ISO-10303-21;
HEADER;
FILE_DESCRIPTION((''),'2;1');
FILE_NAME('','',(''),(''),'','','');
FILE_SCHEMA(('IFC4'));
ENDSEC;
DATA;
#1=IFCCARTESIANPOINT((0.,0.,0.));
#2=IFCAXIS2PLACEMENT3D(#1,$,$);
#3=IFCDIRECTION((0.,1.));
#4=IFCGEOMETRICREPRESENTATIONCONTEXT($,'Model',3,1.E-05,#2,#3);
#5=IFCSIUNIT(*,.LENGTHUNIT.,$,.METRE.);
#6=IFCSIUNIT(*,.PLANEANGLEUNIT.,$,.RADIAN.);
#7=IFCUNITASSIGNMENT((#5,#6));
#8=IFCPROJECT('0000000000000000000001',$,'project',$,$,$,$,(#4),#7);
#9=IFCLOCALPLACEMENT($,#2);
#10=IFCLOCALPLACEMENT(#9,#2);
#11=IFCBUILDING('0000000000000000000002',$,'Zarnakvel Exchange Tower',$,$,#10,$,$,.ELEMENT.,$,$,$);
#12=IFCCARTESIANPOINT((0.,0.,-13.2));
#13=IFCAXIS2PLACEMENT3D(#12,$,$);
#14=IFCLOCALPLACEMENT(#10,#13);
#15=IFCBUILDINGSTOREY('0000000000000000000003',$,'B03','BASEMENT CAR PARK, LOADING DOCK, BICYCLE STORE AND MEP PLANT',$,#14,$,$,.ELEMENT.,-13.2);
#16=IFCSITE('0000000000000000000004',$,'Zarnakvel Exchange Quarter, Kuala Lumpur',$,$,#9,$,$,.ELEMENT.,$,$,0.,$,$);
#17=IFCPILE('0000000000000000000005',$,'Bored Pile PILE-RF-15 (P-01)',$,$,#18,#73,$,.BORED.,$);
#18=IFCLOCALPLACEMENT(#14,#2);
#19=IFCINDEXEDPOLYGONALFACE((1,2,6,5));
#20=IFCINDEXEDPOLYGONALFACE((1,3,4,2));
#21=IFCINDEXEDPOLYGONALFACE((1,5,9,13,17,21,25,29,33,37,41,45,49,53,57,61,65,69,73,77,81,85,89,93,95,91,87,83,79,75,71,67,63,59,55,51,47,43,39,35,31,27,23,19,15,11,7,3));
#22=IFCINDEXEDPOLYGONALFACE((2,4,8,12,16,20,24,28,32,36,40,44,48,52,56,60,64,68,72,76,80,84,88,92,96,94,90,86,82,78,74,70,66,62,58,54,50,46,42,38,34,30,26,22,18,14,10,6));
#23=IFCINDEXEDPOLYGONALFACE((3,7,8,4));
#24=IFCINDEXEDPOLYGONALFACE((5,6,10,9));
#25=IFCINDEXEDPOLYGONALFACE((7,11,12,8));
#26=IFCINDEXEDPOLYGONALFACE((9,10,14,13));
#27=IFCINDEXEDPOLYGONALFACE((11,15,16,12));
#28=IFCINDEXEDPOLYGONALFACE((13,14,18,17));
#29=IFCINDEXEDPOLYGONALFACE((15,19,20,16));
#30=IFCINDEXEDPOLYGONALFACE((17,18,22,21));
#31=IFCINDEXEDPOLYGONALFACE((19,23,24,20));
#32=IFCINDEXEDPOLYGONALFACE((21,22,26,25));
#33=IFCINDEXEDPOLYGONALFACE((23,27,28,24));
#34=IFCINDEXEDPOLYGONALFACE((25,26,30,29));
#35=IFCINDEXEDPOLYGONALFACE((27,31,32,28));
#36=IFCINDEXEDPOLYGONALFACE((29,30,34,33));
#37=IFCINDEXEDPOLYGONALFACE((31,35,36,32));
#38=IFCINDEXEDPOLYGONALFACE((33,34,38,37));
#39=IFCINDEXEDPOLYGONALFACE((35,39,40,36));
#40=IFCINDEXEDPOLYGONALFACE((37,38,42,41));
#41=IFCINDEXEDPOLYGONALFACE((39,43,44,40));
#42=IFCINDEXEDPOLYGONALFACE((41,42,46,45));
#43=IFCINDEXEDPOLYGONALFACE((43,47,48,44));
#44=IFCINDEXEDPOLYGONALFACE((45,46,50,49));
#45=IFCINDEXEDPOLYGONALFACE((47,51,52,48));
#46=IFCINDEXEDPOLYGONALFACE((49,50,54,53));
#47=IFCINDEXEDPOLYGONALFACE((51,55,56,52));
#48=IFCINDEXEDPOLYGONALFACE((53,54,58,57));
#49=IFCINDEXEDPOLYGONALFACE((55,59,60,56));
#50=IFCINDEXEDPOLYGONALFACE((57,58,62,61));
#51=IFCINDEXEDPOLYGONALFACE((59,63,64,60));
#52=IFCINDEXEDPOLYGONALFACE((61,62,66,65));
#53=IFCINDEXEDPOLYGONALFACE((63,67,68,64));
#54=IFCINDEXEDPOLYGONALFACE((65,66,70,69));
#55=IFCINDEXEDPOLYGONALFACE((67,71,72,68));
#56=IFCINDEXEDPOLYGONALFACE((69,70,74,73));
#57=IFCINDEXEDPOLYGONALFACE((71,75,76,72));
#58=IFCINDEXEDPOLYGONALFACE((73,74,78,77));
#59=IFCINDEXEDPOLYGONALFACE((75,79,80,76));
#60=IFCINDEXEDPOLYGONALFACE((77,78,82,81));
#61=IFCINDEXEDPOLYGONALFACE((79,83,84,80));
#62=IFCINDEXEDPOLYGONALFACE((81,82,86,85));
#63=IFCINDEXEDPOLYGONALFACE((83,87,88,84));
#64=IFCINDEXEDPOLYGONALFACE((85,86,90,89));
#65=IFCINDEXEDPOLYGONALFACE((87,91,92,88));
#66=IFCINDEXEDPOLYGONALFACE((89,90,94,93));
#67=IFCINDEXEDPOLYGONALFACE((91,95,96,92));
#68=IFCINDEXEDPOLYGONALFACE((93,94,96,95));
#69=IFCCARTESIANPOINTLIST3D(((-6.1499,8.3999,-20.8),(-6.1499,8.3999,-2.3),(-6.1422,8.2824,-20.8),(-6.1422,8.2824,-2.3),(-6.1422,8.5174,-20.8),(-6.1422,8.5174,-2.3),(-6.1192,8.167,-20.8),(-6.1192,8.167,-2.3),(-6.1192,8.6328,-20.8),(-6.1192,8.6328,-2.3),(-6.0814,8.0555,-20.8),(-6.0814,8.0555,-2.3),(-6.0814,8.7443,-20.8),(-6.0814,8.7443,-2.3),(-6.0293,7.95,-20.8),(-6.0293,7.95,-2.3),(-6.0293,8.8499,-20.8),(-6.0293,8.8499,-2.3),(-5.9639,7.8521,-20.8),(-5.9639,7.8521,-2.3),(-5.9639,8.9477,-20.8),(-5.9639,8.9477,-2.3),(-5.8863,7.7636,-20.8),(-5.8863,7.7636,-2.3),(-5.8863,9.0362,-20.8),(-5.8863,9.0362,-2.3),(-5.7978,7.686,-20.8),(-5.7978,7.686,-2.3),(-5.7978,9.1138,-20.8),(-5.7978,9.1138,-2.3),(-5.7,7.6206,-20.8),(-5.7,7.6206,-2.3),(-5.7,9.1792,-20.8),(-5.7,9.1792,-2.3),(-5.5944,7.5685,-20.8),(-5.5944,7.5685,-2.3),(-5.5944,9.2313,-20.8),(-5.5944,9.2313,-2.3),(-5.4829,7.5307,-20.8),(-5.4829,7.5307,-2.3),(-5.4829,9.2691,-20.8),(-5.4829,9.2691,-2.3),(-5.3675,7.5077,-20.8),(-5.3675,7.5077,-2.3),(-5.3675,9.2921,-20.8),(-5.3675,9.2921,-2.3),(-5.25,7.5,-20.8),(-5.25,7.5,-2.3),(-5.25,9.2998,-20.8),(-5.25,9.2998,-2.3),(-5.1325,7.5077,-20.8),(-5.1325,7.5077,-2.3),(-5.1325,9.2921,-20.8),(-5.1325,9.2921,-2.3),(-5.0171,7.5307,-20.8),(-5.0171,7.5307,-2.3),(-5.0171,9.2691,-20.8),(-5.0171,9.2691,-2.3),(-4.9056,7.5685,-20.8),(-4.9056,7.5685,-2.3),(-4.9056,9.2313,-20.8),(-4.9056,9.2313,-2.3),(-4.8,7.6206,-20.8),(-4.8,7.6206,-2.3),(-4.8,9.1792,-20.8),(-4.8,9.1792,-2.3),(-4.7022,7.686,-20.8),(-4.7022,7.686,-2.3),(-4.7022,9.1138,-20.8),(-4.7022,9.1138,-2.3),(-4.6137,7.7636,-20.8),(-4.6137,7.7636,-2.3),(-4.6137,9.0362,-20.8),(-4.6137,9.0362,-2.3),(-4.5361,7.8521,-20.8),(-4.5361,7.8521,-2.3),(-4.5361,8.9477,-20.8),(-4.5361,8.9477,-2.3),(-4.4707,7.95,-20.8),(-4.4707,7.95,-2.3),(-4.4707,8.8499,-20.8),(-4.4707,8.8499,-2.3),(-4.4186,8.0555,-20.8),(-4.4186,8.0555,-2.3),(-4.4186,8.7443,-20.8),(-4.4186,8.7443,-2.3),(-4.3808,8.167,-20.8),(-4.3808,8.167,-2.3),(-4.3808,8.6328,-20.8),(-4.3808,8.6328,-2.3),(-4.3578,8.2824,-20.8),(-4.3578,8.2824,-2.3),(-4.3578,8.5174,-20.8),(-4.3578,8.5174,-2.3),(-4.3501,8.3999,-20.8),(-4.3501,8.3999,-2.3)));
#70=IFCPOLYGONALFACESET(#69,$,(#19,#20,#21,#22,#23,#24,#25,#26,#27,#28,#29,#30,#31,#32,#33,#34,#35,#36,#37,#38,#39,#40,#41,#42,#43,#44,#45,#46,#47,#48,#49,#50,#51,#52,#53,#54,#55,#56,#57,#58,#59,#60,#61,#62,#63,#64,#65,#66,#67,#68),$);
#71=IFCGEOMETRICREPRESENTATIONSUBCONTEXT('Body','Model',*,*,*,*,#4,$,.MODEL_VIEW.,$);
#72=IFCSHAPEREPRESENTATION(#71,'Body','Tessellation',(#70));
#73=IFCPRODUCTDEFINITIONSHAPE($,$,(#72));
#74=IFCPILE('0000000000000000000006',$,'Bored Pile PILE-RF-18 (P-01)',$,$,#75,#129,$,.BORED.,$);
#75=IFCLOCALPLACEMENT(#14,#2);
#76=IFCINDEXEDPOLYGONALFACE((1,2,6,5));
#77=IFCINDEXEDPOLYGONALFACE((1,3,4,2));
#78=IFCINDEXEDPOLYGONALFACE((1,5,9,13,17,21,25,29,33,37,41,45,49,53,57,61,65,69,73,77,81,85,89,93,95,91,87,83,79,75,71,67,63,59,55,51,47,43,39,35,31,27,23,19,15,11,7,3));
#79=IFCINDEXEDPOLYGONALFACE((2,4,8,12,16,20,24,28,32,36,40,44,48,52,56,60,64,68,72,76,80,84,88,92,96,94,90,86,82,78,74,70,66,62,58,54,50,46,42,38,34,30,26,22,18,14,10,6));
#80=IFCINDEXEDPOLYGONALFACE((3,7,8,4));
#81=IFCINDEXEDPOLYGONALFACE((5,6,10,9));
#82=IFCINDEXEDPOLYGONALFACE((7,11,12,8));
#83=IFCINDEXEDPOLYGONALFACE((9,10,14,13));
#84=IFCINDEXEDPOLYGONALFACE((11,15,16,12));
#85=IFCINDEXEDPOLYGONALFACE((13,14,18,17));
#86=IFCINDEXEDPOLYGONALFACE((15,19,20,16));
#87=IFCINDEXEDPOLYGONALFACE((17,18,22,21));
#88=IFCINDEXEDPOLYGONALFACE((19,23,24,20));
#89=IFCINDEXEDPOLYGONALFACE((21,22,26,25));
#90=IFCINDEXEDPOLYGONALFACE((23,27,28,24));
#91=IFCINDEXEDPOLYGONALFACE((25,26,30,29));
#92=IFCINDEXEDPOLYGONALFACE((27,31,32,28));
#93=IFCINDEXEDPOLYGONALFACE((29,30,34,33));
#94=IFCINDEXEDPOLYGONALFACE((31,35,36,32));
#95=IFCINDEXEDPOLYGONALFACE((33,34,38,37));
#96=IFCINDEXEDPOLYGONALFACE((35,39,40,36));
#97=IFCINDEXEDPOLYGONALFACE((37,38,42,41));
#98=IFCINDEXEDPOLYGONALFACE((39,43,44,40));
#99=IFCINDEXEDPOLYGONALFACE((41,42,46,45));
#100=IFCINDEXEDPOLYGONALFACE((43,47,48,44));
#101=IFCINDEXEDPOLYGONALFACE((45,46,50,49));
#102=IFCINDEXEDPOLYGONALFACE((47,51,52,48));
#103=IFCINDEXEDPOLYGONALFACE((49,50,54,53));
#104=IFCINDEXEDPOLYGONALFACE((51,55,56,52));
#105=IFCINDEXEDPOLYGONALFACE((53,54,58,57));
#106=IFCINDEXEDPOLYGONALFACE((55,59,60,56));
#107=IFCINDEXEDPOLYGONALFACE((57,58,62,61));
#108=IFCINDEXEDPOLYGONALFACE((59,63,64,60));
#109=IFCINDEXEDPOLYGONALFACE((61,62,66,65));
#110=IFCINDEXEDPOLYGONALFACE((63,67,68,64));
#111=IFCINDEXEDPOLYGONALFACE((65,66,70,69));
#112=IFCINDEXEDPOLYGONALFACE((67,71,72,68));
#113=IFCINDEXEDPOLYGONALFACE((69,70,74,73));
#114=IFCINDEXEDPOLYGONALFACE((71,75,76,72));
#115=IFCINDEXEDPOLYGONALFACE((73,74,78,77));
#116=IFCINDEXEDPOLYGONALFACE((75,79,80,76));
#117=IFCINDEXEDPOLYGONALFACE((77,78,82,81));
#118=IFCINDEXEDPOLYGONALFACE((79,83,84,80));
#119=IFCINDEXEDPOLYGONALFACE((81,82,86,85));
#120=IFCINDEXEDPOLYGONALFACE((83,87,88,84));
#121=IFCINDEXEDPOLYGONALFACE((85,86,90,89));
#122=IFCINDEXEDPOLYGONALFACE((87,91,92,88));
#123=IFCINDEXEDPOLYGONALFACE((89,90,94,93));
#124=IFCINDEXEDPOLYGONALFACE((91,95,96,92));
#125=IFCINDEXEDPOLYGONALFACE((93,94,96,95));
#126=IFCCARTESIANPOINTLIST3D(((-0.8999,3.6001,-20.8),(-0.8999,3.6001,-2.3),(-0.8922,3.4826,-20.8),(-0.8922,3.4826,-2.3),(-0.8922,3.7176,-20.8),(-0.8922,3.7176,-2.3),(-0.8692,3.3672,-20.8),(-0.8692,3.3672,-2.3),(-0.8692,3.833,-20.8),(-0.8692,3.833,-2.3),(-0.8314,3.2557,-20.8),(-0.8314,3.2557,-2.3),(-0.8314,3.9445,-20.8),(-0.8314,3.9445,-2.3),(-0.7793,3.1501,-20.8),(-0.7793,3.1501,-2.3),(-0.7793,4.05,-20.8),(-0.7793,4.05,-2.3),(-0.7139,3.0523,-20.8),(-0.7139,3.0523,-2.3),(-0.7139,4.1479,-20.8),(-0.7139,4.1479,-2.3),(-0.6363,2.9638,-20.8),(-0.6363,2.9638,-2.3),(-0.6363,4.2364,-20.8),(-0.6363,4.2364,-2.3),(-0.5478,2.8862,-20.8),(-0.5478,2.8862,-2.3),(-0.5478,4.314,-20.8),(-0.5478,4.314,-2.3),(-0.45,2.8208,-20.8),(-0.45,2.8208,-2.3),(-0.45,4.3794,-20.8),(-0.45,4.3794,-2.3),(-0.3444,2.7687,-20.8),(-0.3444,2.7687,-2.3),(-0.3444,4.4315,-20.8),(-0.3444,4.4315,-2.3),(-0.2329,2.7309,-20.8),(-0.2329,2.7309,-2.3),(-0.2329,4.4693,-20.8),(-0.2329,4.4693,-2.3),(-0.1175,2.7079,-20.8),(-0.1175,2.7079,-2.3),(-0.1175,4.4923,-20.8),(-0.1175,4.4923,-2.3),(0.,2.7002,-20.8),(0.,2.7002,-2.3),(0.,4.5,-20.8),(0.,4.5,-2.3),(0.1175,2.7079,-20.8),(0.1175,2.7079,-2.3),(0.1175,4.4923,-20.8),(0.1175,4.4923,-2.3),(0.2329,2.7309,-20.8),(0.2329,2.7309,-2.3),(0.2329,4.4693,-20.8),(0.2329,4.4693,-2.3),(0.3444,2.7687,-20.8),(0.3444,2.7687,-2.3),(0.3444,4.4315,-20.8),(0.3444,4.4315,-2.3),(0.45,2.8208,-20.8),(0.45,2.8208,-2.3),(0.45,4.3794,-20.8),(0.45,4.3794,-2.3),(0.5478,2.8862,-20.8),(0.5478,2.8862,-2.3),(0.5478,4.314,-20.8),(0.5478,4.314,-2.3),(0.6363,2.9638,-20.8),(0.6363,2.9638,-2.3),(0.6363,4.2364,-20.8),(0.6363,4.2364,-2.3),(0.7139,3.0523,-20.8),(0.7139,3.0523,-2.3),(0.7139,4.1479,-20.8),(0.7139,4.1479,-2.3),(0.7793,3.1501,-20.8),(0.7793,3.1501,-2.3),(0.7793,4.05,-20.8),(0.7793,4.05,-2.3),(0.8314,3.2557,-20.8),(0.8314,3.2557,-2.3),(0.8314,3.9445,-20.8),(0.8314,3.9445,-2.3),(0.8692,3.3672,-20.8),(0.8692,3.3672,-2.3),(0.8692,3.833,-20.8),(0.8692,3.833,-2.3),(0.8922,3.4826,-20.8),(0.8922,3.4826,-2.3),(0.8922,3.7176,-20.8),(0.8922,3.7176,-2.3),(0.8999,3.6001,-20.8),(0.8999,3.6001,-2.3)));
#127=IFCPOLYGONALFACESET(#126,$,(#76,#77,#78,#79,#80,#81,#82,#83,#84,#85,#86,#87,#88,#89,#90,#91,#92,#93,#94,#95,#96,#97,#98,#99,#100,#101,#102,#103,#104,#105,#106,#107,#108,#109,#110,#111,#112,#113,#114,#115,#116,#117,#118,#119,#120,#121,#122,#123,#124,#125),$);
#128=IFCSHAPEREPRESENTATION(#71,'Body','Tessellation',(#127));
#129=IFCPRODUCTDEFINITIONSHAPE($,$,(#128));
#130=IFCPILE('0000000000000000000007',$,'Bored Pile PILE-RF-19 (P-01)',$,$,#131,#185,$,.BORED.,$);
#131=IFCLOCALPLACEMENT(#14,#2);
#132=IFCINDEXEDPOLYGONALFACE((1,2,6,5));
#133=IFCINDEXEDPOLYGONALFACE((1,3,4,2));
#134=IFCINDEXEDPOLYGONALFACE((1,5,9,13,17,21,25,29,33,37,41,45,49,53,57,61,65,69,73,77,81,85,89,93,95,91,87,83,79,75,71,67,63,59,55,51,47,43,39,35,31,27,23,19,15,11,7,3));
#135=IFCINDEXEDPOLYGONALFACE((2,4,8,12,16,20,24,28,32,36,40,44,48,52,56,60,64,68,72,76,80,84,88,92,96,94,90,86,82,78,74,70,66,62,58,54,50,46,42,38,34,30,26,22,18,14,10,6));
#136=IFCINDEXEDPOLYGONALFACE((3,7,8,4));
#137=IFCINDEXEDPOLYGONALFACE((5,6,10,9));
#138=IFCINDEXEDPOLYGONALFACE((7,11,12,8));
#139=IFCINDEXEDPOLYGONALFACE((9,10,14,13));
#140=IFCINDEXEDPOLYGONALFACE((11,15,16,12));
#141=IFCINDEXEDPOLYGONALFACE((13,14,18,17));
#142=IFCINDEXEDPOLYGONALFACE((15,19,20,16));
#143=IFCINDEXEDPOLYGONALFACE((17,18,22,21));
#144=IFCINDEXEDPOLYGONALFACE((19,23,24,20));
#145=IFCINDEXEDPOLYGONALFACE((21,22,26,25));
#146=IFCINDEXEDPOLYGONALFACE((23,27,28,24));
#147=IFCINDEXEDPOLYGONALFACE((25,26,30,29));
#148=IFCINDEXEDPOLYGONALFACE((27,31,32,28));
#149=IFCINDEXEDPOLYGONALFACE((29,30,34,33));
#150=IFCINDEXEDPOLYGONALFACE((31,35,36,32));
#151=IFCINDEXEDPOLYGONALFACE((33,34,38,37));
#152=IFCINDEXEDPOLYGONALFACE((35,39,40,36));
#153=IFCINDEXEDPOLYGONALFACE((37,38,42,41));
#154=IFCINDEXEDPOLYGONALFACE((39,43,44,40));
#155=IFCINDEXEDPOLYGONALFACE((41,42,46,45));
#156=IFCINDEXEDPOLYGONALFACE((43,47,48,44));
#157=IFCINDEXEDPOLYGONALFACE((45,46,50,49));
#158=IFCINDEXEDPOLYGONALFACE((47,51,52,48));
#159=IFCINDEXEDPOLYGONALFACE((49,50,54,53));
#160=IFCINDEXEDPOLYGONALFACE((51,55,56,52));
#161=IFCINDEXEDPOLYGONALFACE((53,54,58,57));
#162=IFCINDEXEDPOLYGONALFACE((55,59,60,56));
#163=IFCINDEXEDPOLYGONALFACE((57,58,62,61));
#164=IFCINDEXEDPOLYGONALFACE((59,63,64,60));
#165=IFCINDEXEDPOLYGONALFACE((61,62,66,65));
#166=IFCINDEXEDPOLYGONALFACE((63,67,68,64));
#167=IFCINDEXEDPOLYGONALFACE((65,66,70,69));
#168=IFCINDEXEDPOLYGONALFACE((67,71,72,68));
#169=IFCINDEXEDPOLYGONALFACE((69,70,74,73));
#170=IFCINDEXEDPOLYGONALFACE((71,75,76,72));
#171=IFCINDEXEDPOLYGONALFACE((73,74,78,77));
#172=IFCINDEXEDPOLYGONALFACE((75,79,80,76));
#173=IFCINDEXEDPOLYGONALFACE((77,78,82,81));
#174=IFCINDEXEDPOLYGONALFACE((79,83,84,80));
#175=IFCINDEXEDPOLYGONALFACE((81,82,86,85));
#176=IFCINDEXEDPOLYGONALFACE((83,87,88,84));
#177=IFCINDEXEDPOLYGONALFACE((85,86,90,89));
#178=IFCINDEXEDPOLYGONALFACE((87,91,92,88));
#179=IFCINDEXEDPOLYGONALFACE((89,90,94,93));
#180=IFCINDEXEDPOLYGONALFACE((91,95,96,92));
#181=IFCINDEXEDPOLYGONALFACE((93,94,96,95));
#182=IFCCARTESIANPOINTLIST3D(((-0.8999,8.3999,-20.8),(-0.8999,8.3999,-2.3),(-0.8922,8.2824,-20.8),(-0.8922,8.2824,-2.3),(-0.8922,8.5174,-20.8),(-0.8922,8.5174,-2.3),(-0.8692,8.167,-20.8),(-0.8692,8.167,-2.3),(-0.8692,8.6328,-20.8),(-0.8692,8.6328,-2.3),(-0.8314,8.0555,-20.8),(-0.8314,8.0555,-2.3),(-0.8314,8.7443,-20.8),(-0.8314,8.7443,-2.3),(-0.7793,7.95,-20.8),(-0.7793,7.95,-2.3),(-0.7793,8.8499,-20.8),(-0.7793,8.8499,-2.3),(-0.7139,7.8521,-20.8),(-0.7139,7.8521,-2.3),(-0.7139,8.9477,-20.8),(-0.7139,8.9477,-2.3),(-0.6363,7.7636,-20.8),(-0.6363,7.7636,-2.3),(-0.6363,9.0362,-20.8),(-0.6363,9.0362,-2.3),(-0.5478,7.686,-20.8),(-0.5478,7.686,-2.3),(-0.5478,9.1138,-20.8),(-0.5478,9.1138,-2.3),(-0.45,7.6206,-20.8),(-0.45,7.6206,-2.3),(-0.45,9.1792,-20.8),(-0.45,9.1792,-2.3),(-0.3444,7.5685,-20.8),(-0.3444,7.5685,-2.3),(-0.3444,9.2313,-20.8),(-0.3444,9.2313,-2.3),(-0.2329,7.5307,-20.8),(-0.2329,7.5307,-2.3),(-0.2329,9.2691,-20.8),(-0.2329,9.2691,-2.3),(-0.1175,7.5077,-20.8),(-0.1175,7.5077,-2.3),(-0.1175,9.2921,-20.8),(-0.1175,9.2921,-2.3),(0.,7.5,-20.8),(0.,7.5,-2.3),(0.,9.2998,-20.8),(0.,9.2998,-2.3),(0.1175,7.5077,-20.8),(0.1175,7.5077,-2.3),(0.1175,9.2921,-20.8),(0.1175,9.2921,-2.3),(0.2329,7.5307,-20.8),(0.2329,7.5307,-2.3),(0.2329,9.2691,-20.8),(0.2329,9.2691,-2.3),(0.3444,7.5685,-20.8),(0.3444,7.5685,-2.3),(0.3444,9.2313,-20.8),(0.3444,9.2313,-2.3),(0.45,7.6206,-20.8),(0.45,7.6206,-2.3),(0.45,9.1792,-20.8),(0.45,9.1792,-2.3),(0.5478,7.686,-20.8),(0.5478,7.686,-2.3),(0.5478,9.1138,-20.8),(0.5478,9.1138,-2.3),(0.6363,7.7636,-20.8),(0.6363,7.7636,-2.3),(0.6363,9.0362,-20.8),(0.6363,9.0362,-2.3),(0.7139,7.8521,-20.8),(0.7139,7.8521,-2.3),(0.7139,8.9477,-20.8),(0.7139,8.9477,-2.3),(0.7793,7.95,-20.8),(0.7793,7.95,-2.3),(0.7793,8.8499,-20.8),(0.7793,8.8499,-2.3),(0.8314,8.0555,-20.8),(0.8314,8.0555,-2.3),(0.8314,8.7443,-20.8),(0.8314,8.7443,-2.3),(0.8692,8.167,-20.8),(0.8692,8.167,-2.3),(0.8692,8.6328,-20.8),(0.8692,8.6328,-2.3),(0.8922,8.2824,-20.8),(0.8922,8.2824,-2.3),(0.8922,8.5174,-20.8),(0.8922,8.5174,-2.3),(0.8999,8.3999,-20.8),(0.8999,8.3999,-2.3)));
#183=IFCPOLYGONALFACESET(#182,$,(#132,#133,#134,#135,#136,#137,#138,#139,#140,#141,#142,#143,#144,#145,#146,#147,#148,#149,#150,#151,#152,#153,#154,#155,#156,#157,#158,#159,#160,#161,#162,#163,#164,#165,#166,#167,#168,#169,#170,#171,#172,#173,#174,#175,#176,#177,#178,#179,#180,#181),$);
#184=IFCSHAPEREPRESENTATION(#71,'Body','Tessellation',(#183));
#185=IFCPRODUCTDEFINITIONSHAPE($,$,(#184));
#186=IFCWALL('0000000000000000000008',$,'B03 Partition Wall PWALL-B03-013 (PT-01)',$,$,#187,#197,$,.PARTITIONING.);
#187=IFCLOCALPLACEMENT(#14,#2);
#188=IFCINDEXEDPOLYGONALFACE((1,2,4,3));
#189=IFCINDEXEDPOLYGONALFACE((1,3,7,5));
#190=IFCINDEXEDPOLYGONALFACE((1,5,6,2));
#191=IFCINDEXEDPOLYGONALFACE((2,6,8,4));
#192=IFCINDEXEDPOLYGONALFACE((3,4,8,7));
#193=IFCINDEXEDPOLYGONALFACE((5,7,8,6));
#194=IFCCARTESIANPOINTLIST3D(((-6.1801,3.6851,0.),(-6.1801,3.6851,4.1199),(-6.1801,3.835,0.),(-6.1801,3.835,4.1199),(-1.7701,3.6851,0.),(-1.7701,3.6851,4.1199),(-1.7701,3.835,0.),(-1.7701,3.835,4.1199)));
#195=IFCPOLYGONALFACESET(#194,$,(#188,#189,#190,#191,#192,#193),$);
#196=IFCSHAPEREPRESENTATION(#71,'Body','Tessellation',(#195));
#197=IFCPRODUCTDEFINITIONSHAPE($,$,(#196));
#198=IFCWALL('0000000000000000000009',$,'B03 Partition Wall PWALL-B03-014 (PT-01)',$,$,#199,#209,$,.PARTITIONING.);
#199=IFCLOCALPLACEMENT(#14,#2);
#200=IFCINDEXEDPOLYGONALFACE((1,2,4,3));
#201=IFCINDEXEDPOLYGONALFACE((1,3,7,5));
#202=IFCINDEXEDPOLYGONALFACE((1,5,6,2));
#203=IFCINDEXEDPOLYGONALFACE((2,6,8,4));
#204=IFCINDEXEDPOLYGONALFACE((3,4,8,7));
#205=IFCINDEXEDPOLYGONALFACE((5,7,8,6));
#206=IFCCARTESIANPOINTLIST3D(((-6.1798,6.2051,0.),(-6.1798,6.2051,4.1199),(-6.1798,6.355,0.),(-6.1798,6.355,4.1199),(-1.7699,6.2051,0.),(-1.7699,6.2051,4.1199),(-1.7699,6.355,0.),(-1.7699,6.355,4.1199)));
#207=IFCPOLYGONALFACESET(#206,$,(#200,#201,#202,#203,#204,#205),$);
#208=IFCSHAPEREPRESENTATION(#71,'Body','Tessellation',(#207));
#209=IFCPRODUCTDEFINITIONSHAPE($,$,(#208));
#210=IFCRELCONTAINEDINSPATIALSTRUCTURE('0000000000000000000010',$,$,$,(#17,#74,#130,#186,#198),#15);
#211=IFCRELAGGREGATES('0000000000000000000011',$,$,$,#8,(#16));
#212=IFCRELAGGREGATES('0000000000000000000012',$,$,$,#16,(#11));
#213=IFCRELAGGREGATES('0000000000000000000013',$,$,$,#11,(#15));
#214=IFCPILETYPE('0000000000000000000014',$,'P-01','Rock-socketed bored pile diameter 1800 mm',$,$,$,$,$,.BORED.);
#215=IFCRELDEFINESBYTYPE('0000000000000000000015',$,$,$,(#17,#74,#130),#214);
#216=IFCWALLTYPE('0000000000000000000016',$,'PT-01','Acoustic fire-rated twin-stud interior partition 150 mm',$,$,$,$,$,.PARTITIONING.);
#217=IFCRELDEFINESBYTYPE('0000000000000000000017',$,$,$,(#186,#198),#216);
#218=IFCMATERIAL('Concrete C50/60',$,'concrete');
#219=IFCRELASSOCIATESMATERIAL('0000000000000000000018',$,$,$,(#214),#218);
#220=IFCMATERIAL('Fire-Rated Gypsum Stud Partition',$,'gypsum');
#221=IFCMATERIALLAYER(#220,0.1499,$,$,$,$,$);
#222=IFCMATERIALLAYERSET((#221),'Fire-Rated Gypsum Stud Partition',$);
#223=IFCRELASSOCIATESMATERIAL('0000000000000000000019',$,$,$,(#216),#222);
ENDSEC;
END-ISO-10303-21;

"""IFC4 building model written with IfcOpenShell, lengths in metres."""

from ifc_helpers import new_model, si_unit, direction, frame, frame_2d, origin, origin_2d, place, context, subcontext, project, spatial, rectangle, circle, extrude, material, layer, layer_set, material_profile, profile_set, type_object, element, save


model = new_model("IFC4")

# Units and contexts
model_context = context("Model", 3, precision=1e-05, world=origin(), true_north=direction((0.0, 1.0)))
body_context = subcontext(model_context, "Body", "Model", "MODEL_VIEW")
ifc_project = project(units=[si_unit("LENGTHUNIT", "METRE"), si_unit("PLANEANGLEUNIT", "RADIAN")], contexts=[model_context])

# Site, building, storey
site_placement = place(None, origin())
site = spatial("IfcSite", under=ifc_project, at=site_placement, Name="Zarnakvel Exchange Quarter, Kuala Lumpur", CompositionType="ELEMENT", RefElevation=0.0)
building_placement = place(site_placement, origin())
building = spatial("IfcBuilding", under=site, at=building_placement, Name="Zarnakvel Exchange Tower", CompositionType="ELEMENT")
storey_placement = place(building_placement, frame((0.0, 0.0, -13.2)))
storey = spatial("IfcBuildingStorey", under=building, at=storey_placement, Name="B03", Description="BASEMENT CAR PARK, LOADING DOCK, BICYCLE STORE AND MEP PLANT", CompositionType="ELEMENT", Elevation=-13.2)

# Piles
ifc_material_1 = material(Name="Concrete C50/60", Category="concrete")
ifc_material_profile = material_profile(ifc_material_1, circle(Radius=0.8999, at=origin_2d()))
ifc_profile_set = profile_set([ifc_material_profile], Name="Concrete C50/60")
pile_type = type_object("IfcPileType", Name="P-01", Description="Rock-socketed bored pile diameter 1800 mm", PredefinedType="BORED", material=ifc_profile_set)
for number, where, z_axis, x_axis, name in (
    (1, (-5.25, 8.3999, -2.3), (0.0, 0.0, -1.0), (1.0, 0.0, 0.0), "Bored Pile PILE-RF-15 (P-01)"),
    (2, (0.0, 3.6001, -2.3), (0.0, 0.0, -1.0), (1.0, 0.0, 0.0), "Bored Pile PILE-RF-18 (P-01)"),
    (3, (0.0, 8.3999, -2.3), (0.0, 0.0, -1.0), (1.0, 0.0, 0.0), "Bored Pile PILE-RF-19 (P-01)"),
):
    element("IfcPile", number, at=place(storey_placement, frame(where, z_axis=z_axis, x_axis=x_axis)), inside=storey, type_object=pile_type, Name=name, PredefinedType="BORED", context=body_context, shape_type="SweptSolid", body=[
        extrude(circle(Radius=0.8999, at=origin_2d()), origin(), (0.0, 0.0, 1.0), 18.5),
    ])

# Walls
ifc_material_2 = material(Name="Fire-Rated Gypsum Stud Partition", Category="gypsum")
ifc_layer_1 = layer(ifc_material_2, 0.1499)
ifc_layer_set_1 = layer_set([ifc_layer_1], Name="Fire-Rated Gypsum Stud Partition")
wall_type_1 = type_object("IfcWallType", Name="PT-01", Description="Acoustic fire-rated twin-stud interior partition 150 mm", PredefinedType="PARTITIONING", material=ifc_layer_set_1)
for number, where, z_axis, x_axis, name in (
    (4, (-1.77, 3.76, 0.0), (0.0, 0.0, 1.0), (-1.0, 0.0, 0.0), "B03 Partition Wall PWALL-B03-013 (PT-01)"),
    (5, (-6.1799, 6.28, 0.0), (0.0, 0.0, 1.0), (1.0, 0.0, 0.0), "B03 Partition Wall PWALL-B03-014 (PT-01)"),
):
    element("IfcWall", number, at=place(storey_placement, frame(where, z_axis=z_axis, x_axis=x_axis)), inside=storey, type_object=wall_type_1, Name=name, PredefinedType="PARTITIONING", context=body_context, shape_type="SweptSolid", body=[
        extrude(rectangle(XDim=4.4099, YDim=0.1499, at=frame_2d((2.2051, 0.0))), origin(), (0.0, 0.0, 1.0), 4.1199),
    ])

save(model, "model.ifc")
